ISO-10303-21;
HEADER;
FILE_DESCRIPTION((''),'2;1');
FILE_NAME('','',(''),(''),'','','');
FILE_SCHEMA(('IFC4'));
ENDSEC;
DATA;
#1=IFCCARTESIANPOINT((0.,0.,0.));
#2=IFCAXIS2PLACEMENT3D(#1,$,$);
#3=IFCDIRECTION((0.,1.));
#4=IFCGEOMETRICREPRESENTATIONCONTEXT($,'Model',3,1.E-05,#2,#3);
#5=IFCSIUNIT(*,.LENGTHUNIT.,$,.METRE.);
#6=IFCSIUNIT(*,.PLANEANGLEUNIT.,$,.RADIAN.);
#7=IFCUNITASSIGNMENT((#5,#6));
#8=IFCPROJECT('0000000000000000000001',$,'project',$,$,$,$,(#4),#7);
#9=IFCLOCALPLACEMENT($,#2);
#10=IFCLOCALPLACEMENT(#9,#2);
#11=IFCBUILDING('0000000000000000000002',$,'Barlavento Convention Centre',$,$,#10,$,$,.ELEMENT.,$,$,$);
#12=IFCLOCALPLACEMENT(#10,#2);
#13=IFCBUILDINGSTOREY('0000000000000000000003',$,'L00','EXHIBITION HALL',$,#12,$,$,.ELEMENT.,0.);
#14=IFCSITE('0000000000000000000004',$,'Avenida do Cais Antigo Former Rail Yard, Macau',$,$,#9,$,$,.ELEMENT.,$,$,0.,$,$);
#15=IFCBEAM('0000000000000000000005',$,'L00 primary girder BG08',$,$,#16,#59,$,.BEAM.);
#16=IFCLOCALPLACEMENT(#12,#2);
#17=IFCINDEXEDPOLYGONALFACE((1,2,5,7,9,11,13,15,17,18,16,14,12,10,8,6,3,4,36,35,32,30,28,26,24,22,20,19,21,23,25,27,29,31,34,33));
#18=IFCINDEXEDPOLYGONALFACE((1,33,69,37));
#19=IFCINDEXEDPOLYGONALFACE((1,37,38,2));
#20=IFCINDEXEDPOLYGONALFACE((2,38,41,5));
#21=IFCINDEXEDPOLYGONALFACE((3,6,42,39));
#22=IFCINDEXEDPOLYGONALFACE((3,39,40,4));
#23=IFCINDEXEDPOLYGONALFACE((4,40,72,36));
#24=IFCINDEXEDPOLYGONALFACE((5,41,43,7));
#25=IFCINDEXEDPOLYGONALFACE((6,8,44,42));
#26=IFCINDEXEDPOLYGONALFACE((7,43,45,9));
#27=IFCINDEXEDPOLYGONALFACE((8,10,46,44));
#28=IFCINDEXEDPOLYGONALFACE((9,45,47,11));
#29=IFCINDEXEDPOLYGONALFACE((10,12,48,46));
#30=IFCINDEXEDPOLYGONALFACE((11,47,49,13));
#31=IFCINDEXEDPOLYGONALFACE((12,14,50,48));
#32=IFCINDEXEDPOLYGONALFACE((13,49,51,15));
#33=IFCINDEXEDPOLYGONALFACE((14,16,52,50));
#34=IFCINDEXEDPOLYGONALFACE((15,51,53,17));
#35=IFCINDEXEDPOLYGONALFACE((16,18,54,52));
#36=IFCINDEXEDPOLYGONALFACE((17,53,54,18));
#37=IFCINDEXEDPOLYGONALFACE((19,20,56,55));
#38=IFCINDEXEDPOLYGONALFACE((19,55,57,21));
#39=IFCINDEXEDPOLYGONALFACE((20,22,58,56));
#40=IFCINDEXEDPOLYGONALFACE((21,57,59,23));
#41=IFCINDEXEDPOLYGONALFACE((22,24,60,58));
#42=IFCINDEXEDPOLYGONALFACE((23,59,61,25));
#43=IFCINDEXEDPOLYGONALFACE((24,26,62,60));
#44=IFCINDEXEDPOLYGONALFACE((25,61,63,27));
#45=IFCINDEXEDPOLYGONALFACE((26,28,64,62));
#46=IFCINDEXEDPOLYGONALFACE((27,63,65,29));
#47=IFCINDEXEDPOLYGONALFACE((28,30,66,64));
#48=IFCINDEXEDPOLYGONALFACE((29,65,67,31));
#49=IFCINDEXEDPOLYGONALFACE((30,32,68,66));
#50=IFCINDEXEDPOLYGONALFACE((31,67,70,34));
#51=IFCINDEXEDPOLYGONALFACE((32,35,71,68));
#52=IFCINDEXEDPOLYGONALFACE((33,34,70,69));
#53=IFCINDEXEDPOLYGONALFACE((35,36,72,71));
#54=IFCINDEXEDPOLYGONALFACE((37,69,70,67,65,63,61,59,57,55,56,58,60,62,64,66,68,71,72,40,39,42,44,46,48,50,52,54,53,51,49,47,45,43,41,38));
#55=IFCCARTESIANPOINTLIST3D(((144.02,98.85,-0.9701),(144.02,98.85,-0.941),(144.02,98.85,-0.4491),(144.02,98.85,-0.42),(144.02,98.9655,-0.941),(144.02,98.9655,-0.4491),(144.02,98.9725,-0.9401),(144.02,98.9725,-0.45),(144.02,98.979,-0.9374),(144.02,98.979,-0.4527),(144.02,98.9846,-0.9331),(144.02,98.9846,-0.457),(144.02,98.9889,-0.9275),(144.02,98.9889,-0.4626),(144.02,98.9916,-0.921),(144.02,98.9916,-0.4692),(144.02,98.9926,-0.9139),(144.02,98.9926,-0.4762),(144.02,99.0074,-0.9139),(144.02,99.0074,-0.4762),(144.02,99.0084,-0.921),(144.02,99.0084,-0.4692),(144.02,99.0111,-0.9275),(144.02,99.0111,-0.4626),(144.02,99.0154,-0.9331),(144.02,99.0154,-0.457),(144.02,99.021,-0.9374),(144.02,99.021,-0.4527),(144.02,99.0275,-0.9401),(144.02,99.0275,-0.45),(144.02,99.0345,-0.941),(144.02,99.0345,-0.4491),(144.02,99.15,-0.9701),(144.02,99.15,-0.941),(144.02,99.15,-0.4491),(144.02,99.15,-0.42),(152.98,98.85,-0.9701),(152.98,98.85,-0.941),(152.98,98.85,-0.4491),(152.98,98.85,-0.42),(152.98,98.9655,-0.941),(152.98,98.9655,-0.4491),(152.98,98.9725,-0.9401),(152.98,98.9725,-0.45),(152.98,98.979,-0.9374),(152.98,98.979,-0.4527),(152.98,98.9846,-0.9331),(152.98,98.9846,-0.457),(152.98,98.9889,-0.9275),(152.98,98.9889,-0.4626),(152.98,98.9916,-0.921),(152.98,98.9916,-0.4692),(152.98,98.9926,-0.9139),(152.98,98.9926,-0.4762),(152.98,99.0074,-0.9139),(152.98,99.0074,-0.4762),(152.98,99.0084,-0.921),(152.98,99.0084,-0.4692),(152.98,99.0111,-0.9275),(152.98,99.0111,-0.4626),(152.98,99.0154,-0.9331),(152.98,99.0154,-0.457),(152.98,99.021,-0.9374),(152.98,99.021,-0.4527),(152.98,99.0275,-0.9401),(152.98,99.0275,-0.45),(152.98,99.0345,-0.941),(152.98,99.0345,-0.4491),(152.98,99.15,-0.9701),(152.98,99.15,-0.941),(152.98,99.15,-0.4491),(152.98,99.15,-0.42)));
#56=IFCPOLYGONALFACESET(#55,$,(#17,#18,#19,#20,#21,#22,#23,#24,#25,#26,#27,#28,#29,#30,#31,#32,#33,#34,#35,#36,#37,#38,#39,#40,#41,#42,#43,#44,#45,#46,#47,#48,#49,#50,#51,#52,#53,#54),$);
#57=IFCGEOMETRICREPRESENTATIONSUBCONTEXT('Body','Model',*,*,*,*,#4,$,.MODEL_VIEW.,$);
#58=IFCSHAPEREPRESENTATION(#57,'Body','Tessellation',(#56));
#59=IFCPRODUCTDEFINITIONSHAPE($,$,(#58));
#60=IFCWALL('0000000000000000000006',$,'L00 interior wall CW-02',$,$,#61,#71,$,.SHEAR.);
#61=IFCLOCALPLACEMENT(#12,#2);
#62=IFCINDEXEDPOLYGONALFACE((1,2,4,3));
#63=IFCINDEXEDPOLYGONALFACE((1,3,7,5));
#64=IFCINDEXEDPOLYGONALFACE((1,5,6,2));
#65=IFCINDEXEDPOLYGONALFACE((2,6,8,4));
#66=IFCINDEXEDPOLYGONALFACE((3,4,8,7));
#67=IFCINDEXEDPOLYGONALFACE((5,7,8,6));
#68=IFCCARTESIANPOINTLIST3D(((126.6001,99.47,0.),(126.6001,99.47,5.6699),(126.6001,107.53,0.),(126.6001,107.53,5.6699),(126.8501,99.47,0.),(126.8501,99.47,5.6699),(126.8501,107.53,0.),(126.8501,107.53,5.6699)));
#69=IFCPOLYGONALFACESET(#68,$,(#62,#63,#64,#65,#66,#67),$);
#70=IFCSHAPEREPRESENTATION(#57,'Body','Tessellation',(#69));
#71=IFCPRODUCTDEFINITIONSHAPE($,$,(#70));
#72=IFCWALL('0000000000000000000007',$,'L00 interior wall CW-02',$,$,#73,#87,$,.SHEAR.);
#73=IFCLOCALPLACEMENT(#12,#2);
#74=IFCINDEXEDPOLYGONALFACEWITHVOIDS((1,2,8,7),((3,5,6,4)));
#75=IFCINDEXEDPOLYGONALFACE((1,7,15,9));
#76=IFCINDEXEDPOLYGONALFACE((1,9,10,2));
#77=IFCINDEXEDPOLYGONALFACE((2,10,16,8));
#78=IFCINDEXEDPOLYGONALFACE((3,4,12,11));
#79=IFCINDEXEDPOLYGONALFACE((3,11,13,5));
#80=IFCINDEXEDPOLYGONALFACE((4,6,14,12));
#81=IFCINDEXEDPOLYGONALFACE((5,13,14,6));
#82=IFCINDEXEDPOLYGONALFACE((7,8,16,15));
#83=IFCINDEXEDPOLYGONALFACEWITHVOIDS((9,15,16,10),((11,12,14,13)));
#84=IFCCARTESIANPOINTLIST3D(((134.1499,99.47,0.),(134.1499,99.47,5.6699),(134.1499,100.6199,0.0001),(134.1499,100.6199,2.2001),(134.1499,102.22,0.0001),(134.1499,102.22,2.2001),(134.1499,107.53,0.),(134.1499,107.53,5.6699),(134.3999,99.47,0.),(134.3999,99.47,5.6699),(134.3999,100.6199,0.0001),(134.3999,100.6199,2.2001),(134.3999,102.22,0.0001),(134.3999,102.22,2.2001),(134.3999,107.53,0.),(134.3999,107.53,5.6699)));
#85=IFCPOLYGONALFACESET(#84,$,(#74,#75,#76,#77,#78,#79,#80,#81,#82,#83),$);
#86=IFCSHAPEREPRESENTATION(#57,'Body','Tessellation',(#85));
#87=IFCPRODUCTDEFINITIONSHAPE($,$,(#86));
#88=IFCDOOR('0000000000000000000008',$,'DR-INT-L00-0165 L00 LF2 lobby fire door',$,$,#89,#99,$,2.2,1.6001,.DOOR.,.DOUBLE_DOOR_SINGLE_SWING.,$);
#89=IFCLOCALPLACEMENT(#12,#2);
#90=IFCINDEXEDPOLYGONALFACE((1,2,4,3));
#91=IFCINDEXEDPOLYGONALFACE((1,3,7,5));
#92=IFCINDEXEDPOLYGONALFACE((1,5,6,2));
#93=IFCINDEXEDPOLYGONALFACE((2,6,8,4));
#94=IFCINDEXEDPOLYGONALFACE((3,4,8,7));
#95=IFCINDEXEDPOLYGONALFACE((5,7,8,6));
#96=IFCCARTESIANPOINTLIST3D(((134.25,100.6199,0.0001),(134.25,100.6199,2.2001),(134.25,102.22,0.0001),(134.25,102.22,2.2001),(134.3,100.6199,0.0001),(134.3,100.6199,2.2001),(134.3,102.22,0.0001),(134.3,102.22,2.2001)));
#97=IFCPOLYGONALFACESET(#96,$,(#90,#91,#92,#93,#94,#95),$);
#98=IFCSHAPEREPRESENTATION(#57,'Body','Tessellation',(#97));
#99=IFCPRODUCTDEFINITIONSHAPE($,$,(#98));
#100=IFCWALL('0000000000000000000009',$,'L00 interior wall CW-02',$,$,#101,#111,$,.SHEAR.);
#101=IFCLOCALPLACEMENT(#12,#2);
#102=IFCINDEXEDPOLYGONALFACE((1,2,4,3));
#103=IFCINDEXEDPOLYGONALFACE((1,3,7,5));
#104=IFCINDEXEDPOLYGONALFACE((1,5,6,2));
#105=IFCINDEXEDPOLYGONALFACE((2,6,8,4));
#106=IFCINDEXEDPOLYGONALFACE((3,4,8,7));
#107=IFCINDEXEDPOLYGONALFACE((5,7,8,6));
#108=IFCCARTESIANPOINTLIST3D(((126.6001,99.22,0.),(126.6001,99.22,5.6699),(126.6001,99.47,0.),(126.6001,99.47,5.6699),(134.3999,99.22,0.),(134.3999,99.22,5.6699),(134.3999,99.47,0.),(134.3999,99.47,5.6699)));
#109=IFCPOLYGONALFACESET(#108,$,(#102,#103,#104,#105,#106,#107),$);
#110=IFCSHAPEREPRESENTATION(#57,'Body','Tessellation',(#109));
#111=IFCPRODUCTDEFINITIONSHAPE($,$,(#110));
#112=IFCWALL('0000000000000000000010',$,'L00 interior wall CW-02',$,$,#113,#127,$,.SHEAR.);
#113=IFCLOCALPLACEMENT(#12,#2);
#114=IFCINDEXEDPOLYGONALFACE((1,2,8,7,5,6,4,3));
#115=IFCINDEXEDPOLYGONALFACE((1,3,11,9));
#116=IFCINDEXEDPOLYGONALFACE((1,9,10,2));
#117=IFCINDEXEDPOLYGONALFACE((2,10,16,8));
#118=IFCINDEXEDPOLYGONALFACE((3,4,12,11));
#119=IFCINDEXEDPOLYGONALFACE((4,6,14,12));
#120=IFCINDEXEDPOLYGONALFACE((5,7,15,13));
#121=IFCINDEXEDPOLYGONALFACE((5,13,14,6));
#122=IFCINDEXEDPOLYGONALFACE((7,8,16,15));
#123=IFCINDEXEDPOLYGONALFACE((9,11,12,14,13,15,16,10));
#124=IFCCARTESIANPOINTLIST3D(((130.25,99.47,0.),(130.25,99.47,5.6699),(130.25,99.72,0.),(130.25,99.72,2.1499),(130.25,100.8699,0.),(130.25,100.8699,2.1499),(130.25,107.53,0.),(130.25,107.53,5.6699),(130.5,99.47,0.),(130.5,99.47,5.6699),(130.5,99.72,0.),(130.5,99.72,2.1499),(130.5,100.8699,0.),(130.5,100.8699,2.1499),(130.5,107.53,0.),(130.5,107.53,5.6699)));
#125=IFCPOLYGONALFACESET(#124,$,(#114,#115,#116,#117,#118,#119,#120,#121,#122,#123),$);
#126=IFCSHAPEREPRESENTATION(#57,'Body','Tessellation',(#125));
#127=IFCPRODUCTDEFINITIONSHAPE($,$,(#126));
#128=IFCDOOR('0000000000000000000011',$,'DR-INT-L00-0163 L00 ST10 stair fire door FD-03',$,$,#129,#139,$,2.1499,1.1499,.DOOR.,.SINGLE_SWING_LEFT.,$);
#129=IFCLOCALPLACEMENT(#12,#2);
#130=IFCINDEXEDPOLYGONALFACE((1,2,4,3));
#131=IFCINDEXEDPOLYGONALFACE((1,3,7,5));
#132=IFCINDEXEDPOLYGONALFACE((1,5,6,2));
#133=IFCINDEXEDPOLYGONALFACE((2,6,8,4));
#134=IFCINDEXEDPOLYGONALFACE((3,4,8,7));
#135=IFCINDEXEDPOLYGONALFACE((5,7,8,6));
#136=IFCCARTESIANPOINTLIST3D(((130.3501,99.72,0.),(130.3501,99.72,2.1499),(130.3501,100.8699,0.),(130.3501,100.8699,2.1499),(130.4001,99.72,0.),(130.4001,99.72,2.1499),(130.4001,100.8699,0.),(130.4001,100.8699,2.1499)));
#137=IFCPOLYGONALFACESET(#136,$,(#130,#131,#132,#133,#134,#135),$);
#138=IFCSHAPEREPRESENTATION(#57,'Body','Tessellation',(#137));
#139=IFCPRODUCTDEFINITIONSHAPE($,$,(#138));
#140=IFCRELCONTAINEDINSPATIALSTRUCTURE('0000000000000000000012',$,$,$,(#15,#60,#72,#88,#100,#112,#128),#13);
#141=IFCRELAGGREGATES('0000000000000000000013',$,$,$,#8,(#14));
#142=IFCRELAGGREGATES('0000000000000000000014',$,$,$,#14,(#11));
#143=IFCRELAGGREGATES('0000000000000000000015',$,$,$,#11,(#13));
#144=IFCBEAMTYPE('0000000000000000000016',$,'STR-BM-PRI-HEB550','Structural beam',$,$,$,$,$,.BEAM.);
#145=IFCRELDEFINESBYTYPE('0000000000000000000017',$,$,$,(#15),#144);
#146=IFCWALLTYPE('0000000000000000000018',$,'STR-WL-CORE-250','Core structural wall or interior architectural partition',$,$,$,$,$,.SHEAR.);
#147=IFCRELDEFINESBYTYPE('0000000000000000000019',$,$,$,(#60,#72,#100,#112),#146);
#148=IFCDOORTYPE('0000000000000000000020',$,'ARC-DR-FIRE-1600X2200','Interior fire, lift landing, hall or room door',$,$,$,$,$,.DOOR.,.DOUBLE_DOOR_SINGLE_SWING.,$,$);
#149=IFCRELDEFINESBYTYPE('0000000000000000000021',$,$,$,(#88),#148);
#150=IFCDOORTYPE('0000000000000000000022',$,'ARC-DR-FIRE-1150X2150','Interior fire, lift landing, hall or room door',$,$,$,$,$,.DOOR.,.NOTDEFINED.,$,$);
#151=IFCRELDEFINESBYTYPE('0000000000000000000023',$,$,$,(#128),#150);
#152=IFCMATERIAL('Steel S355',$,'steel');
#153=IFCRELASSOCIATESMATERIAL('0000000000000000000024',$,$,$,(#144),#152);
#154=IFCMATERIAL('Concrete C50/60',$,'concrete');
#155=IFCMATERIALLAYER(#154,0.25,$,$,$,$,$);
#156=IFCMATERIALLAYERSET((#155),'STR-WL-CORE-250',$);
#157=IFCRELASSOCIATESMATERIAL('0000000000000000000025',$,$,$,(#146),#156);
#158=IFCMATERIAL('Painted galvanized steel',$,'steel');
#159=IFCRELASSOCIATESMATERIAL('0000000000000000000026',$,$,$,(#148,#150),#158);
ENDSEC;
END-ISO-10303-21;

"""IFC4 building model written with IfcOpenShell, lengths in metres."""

from ifc_helpers import new_model, si_unit, direction, frame, frame_2d, origin, origin_2d, place, context, subcontext, project, spatial, rectangle, i_section, extrude, material, layer, layer_set, material_profile, profile_set, type_object, element, fill, save


model = new_model("IFC4")

# Units and contexts
model_context = context("Model", 3, precision=1e-05, world=origin(), true_north=direction((0.0, 1.0)))
body_context = subcontext(model_context, "Body", "Model", "MODEL_VIEW")
ifc_project = project(units=[si_unit("LENGTHUNIT", "METRE"), si_unit("PLANEANGLEUNIT", "RADIAN")], contexts=[model_context])

# Site, building, storey
site_placement = place(None, origin())
site = spatial("IfcSite", under=ifc_project, at=site_placement, Name="Avenida do Cais Antigo Former Rail Yard, Macau", CompositionType="ELEMENT", RefElevation=0.0)
building_placement = place(site_placement, origin())
building = spatial("IfcBuilding", under=site, at=building_placement, Name="Barlavento Convention Centre", CompositionType="ELEMENT")
storey_placement = place(building_placement, origin())
storey = spatial("IfcBuildingStorey", under=building, at=storey_placement, Name="L00", Description="EXHIBITION HALL", CompositionType="ELEMENT", Elevation=0.0)

# Shared definitions
ifc_material_1 = material(Name="Concrete C50/60", Category="concrete")

# Beam
ifc_material_2 = material(Name="Steel S355", Category="steel")
ifc_material_profile_1 = material_profile(ifc_material_2, i_section(OverallWidth=0.3, OverallDepth=0.55, WebThickness=0.0149, FlangeThickness=0.0291, FilletRadius=0.0271, at=origin_2d()), Name="HEB 550")
ifc_profile_set_1 = profile_set([ifc_material_profile_1], Name="Steel S355")
beam_type_1 = type_object("IfcBeamType", Name="STR-BM-PRI-HEB550", Description="Structural beam", PredefinedType="BEAM", material=ifc_profile_set_1)
beam_1_placement = place(storey_placement, frame((144.02, 99.0, -0.6951), z_axis=(1.0, 0.0, 0.0), x_axis=(0.0, 1.0, 0.0)))
element("IfcBeam", 1, at=beam_1_placement, inside=storey, type_object=beam_type_1, Name="L00 primary girder BG08", PredefinedType="BEAM", context=body_context, shape_type="SweptSolid", body=[
    extrude(i_section(OverallWidth=0.3, OverallDepth=0.55, WebThickness=0.0149, FlangeThickness=0.0291, FilletRadius=0.0271, at=origin_2d()), origin(), (0.0, 0.0, 1.0), 8.96),
])

# Wall
ifc_layer = layer(ifc_material_1, 0.25)
ifc_layer_set = layer_set([ifc_layer], Name="STR-WL-CORE-250")
wall_type = type_object("IfcWallType", Name="STR-WL-CORE-250", Description="Core structural wall or interior architectural partition", PredefinedType="SHEAR", material=ifc_layer_set)
wall_1_placement = place(storey_placement, frame((126.7251, 99.47, 0.0), z_axis=(0.0, 0.0, 1.0), x_axis=(0.0, 1.0, 0.0)))
element("IfcWall", 2, at=wall_1_placement, inside=storey, type_object=wall_type, Name="L00 interior wall CW-02", PredefinedType="SHEAR", context=body_context, shape_type="SweptSolid", body=[
    extrude(rectangle(XDim=8.0601, YDim=0.25, at=frame_2d((4.03, 0.0))), origin(), (0.0, 0.0, 1.0), 5.6699),
])

# Wall, opening, door
wall_2_placement = place(storey_placement, frame((134.2749, 99.47, 0.0), z_axis=(0.0, 0.0, 1.0), x_axis=(0.0, 1.0, 0.0)))
wall_2 = element("IfcWall", 3, at=wall_2_placement, inside=storey, type_object=wall_type, Name="L00 interior wall CW-02", PredefinedType="SHEAR", context=body_context, shape_type="SweptSolid", body=[
    extrude(rectangle(XDim=8.0601, YDim=0.25, at=frame_2d((4.03, 0.0))), origin(), (0.0, 0.0, 1.0), 5.6699),
])
opening_1_placement = place(wall_2_placement, frame((1.1499, 0.0, 0.0)))
opening_1 = element("IfcOpeningElement", 4, at=opening_1_placement, cuts=wall_2, PredefinedType="OPENING", context=body_context, shape_type="SweptSolid", body=[
    extrude(rectangle(XDim=1.6001, YDim=2.2, at=frame_2d((0.8, 1.1001))), frame((0.0, 0.135, 0.0), z_axis=(0.0, -1.0, 0.0), x_axis=(1.0, 0.0, 0.0)), (0.0, 0.0, 1.0), 0.27),
])
ifc_material_3 = material(Name="Painted galvanized steel", Category="steel")
door_type_1 = type_object("IfcDoorType", Name="ARC-DR-FIRE-1600X2200", Description="Interior fire, lift landing, hall or room door", OperationType="DOUBLE_DOOR_SINGLE_SWING", PredefinedType="DOOR", material=ifc_material_3)
door_1_placement = place(opening_1_placement, origin())
door_1 = element("IfcDoor", 5, at=door_1_placement, inside=storey, type_object=door_type_1, Name="DR-INT-L00-0165 L00 LF2 lobby fire door", OperationType="DOUBLE_DOOR_SINGLE_SWING", OverallHeight=2.2, OverallWidth=1.6001, PredefinedType="DOOR", context=body_context, shape_type="SweptSolid", body=[
    extrude(rectangle(XDim=1.6001, YDim=2.2, at=frame_2d((0.8, 1.1001))), frame((0.0, 0.0249, 0.0), z_axis=(0.0, -1.0, 0.0), x_axis=(1.0, 0.0, 0.0)), (0.0, 0.0, 1.0), 0.05),
])
fill(opening_1, door_1)

# Wall
wall_3_placement = place(storey_placement, frame((126.6001, 99.345, 0.0), z_axis=(0.0, 0.0, 1.0), x_axis=(1.0, 0.0, 0.0)))
element("IfcWall", 6, at=wall_3_placement, inside=storey, type_object=wall_type, Name="L00 interior wall CW-02", PredefinedType="SHEAR", context=body_context, shape_type="SweptSolid", body=[
    extrude(rectangle(XDim=7.7998, YDim=0.25, at=frame_2d((3.8999, 0.0))), origin(), (0.0, 0.0, 1.0), 5.6699),
])

# Wall, opening, door
wall_4_placement = place(storey_placement, frame((130.375, 99.47, 0.0), z_axis=(0.0, 0.0, 1.0), x_axis=(0.0, 1.0, 0.0)))
wall_4 = element("IfcWall", 7, at=wall_4_placement, inside=storey, type_object=wall_type, Name="L00 interior wall CW-02", PredefinedType="SHEAR", context=body_context, shape_type="SweptSolid", body=[
    extrude(rectangle(XDim=8.0601, YDim=0.25, at=frame_2d((4.03, 0.0))), origin(), (0.0, 0.0, 1.0), 5.6699),
])
opening_2_placement = place(wall_4_placement, frame((0.25, 0.0, 0.0)))
opening_2 = element("IfcOpeningElement", 8, at=opening_2_placement, cuts=wall_4, PredefinedType="OPENING", context=body_context, shape_type="SweptSolid", body=[
    extrude(rectangle(XDim=1.1499, YDim=2.1499, at=frame_2d((0.575, 1.075))), frame((0.0, 0.135, 0.0), z_axis=(0.0, -1.0, 0.0), x_axis=(1.0, 0.0, 0.0)), (0.0, 0.0, 1.0), 0.27),
])
door_type_2 = type_object("IfcDoorType", Name="ARC-DR-FIRE-1150X2150", Description="Interior fire, lift landing, hall or room door", OperationType="NOTDEFINED", PredefinedType="DOOR", material=ifc_material_3)
door_2_placement = place(opening_2_placement, origin())
door_2 = element("IfcDoor", 9, at=door_2_placement, inside=storey, type_object=door_type_2, Name="DR-INT-L00-0163 L00 ST10 stair fire door FD-03", OperationType="SINGLE_SWING_LEFT", OverallHeight=2.1499, OverallWidth=1.1499, PredefinedType="DOOR", context=body_context, shape_type="SweptSolid", body=[
    extrude(rectangle(XDim=1.1499, YDim=2.1499, at=frame_2d((0.575, 1.075))), frame((0.0, 0.0249, 0.0), z_axis=(0.0, -1.0, 0.0), x_axis=(1.0, 0.0, 0.0)), (0.0, 0.0, 1.0), 0.05),
])
fill(opening_2, door_2)

save(model, "model.ifc")
